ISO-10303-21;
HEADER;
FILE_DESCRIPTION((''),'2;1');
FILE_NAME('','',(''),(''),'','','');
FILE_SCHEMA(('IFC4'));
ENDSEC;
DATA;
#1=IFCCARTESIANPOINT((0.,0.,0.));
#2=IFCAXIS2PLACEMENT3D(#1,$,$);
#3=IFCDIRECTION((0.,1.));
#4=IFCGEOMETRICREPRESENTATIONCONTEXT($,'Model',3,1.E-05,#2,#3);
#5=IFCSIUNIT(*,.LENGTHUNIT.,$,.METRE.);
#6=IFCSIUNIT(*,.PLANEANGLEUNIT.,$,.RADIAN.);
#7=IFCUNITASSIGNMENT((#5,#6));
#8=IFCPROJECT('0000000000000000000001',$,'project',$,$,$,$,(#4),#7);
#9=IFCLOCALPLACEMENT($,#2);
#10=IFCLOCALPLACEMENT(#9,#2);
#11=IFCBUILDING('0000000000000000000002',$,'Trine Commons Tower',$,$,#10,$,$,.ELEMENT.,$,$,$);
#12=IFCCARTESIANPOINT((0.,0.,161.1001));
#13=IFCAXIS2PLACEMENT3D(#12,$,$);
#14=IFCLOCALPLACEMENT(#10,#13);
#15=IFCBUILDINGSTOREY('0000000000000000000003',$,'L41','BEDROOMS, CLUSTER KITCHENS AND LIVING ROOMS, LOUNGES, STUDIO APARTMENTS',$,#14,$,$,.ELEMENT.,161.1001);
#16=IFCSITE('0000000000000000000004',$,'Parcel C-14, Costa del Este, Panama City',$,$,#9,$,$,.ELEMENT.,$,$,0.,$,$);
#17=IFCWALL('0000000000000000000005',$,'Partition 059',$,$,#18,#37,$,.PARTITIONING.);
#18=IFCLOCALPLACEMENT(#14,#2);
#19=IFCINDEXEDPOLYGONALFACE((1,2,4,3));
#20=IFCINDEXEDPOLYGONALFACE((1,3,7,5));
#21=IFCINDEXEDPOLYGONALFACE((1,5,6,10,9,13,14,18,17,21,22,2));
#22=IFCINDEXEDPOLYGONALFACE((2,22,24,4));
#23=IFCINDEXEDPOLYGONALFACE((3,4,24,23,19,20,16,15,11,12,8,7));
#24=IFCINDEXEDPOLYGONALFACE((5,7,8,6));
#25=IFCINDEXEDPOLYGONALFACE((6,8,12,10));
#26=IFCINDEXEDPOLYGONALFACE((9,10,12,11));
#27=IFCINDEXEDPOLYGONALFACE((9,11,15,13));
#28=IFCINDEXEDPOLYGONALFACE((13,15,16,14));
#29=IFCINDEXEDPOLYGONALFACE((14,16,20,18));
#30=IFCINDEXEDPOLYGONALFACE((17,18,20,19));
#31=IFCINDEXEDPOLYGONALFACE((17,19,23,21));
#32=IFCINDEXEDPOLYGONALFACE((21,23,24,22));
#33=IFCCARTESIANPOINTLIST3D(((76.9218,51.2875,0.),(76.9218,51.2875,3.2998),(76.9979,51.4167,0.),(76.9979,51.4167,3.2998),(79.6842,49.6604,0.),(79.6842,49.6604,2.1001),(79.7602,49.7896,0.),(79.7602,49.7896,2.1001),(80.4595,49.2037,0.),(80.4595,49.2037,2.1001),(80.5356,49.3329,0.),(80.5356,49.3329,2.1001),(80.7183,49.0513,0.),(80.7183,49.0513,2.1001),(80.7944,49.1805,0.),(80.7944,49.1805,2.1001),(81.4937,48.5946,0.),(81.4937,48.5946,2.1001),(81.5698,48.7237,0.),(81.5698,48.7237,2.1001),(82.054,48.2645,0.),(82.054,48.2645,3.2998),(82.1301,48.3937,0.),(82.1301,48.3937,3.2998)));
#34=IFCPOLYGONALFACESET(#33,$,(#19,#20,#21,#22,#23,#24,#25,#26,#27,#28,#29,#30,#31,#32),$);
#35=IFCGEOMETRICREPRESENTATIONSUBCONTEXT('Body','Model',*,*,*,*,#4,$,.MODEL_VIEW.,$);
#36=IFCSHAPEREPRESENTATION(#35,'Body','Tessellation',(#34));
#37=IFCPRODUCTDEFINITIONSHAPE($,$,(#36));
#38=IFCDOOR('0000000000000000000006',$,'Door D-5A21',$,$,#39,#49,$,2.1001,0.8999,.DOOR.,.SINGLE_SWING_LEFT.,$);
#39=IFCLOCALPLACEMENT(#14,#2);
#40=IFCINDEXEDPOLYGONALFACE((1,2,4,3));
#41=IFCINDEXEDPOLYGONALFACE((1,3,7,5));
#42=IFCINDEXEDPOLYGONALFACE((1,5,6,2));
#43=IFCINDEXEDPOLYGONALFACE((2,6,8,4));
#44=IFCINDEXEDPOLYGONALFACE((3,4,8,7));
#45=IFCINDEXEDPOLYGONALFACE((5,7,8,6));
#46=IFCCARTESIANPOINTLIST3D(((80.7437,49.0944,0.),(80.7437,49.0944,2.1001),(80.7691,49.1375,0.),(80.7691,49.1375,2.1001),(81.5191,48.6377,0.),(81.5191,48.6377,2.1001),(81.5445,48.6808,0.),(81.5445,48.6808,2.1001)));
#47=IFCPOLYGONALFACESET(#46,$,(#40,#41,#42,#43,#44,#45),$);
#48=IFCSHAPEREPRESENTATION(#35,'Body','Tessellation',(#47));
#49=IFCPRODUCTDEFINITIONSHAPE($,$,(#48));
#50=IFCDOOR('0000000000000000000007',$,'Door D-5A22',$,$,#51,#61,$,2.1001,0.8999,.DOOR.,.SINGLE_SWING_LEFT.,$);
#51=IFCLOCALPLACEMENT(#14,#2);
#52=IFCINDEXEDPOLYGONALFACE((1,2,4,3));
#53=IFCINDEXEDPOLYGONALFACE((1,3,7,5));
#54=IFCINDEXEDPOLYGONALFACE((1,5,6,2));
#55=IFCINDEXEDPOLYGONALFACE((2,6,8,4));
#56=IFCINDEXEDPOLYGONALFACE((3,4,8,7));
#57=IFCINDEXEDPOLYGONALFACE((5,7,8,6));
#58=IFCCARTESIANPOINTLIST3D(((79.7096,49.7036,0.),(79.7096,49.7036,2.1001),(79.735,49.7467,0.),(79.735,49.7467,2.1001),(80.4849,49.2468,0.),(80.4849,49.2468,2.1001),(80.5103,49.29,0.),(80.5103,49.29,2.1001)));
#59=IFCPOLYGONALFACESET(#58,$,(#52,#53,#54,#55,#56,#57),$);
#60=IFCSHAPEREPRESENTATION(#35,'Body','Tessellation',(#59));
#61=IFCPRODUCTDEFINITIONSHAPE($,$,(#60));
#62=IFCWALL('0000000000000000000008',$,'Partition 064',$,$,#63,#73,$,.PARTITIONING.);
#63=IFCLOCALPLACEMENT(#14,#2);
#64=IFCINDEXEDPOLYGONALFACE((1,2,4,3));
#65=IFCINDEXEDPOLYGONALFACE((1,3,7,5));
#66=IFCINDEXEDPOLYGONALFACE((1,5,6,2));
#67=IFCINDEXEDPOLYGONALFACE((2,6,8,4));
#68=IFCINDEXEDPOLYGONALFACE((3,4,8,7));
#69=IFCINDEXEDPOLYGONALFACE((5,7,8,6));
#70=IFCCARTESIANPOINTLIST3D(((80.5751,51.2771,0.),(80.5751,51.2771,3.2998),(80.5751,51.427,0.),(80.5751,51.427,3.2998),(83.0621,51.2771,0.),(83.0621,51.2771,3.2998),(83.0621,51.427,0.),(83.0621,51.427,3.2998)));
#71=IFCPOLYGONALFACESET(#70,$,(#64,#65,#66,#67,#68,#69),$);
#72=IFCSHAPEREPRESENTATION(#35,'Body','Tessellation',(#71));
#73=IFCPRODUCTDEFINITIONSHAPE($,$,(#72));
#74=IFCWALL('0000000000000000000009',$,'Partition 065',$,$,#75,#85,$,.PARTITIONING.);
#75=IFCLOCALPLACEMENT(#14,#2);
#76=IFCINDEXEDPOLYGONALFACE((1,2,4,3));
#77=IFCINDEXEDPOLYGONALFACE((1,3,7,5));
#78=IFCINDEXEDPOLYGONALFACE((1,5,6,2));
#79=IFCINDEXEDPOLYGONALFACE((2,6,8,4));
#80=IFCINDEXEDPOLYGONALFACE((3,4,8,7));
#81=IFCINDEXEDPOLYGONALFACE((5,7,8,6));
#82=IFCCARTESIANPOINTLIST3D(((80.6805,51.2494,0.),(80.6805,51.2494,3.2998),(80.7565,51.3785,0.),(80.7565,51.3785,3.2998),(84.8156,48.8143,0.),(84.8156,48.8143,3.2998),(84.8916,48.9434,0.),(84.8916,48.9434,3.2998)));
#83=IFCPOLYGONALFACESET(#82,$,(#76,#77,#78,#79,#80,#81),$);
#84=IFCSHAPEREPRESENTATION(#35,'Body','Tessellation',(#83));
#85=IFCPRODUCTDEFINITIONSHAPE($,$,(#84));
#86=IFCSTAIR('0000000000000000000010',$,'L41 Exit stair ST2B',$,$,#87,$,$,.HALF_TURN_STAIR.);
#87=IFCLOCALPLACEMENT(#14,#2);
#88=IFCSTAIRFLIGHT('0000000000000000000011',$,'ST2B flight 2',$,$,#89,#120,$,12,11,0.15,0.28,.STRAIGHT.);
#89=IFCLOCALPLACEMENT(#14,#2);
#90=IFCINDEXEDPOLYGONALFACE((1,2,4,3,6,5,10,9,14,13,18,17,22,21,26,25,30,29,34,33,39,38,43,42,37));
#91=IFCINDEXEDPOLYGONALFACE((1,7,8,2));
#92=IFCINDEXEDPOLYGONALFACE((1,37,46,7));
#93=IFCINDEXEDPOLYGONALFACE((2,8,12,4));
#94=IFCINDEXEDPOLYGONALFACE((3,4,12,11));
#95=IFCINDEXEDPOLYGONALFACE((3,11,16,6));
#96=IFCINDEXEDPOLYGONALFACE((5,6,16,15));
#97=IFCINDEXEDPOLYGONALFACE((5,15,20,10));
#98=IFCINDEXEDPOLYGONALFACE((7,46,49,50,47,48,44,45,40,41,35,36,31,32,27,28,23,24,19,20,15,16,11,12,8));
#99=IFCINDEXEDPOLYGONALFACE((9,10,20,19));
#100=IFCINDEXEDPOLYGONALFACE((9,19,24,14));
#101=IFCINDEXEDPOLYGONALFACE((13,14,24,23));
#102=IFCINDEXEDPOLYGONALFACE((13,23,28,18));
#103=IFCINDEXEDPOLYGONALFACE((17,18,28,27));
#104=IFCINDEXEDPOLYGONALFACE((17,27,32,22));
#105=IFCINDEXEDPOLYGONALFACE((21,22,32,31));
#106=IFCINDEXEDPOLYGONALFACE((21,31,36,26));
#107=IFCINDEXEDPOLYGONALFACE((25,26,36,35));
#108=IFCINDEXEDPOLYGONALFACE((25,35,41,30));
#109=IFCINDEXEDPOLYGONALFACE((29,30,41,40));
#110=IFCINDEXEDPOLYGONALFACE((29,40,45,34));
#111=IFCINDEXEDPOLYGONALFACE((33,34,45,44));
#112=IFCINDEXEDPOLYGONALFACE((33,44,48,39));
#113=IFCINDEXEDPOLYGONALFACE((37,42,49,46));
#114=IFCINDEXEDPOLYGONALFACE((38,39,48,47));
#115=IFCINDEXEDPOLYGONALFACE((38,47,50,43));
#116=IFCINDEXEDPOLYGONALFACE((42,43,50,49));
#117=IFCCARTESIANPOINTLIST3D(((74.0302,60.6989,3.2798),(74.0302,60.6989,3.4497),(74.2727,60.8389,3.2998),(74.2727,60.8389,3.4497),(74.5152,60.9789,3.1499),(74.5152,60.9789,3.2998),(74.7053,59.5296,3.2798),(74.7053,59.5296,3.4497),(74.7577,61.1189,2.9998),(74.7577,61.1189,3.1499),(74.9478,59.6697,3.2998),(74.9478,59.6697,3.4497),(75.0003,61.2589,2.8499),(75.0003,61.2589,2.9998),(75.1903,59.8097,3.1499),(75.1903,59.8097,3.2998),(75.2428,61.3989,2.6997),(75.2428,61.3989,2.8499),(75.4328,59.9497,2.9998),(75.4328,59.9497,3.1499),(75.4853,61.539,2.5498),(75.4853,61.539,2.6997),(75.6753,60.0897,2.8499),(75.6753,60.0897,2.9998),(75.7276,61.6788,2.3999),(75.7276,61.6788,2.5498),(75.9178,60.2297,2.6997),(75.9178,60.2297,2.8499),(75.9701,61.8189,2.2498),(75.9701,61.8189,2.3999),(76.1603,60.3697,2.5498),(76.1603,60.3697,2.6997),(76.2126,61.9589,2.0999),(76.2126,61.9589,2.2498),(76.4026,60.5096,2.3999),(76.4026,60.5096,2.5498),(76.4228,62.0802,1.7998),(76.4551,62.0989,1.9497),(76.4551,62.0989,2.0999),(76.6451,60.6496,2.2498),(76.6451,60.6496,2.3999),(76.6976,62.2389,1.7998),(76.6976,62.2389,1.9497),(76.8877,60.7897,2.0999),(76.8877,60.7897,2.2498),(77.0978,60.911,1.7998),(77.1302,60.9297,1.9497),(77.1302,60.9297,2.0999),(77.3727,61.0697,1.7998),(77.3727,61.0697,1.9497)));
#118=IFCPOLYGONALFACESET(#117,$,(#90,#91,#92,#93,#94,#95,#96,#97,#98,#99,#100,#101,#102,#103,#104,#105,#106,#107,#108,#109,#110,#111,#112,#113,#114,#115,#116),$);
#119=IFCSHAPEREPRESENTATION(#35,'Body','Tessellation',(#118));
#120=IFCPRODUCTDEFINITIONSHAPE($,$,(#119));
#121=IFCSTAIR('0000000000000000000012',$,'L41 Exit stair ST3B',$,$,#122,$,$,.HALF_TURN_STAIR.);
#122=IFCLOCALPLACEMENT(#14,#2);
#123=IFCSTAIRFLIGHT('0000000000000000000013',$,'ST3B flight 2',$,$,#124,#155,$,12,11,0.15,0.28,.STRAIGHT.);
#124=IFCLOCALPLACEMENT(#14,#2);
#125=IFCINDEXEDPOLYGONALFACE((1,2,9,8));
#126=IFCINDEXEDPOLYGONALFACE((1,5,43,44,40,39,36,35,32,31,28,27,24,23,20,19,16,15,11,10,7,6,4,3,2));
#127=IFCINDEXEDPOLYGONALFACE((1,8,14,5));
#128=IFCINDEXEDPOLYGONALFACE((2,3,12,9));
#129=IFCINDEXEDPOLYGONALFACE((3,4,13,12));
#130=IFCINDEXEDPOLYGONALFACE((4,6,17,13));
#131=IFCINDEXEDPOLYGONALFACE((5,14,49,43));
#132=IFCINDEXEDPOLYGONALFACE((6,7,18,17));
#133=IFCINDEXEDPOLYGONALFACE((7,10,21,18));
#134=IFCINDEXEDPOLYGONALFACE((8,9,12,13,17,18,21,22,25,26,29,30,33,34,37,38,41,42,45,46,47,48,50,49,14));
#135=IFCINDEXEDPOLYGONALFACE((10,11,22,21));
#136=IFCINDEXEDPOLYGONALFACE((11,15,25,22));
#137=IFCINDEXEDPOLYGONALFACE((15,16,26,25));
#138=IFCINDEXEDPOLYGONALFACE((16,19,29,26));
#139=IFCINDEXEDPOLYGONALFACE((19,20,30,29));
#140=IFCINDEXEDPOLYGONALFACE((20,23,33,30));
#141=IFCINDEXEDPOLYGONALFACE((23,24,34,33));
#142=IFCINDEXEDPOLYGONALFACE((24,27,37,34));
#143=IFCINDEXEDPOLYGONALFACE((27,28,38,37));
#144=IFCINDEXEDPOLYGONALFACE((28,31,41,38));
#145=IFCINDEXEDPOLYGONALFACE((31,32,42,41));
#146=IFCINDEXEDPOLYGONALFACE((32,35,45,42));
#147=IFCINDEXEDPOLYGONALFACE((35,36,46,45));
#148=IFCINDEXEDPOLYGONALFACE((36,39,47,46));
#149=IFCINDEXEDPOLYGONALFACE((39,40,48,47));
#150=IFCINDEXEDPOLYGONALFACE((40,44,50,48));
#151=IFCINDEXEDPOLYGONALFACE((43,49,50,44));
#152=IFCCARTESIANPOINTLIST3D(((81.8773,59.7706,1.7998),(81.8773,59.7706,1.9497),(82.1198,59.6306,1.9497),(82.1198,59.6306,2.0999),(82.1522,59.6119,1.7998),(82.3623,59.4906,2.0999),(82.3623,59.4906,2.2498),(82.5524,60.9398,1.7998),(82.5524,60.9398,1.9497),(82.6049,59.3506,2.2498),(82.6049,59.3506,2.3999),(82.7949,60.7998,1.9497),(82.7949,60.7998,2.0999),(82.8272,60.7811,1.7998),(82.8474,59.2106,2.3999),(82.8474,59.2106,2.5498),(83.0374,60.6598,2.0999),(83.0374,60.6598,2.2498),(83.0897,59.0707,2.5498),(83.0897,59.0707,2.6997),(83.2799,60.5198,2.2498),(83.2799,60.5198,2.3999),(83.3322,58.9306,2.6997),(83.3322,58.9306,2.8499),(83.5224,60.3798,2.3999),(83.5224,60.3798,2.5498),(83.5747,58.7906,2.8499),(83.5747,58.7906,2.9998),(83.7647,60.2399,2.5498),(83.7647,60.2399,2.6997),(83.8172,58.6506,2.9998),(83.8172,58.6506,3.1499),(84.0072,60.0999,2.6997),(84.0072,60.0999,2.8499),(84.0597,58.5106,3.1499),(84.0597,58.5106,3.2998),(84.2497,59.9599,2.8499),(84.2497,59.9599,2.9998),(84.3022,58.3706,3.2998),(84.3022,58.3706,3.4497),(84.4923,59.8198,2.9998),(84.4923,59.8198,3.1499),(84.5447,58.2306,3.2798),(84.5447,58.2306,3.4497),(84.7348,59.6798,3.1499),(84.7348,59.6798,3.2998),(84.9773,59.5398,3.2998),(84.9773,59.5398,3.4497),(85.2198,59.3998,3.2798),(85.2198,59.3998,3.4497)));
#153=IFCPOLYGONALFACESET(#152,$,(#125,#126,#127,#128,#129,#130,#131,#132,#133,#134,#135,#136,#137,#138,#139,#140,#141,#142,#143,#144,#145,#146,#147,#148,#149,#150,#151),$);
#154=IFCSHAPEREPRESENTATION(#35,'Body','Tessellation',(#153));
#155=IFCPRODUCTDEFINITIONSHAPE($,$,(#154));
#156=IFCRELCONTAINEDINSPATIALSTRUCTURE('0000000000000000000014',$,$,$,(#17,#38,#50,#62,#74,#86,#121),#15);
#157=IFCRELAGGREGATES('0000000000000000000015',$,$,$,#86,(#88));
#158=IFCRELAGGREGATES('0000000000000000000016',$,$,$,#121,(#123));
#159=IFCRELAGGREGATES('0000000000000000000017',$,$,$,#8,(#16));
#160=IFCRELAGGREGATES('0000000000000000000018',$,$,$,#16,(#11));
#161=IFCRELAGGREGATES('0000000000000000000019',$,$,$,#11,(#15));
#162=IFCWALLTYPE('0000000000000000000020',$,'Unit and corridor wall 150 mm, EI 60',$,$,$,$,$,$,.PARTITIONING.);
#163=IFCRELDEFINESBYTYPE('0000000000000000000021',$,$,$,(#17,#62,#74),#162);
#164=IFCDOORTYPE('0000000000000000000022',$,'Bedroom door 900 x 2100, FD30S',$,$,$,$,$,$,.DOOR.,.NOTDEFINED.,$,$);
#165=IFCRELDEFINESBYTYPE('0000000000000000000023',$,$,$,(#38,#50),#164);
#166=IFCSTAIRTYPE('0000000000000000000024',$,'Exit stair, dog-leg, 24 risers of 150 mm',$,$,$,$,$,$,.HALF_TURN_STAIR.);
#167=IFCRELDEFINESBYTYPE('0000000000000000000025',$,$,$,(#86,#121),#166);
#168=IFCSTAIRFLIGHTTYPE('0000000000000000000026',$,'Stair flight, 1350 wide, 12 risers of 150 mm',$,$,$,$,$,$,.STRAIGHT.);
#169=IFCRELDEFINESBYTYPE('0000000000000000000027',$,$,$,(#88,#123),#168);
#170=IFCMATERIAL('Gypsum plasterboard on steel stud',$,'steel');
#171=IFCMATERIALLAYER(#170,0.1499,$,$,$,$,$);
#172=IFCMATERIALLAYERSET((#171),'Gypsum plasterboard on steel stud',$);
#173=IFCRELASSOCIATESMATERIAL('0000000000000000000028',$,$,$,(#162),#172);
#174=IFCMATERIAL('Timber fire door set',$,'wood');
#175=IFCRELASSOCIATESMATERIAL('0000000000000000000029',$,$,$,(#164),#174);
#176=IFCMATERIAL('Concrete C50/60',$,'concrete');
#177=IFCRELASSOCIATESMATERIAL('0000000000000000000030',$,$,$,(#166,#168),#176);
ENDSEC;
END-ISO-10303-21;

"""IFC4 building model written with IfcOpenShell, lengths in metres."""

from ifc_helpers import new_model, si_unit, direction, frame, frame_2d, origin, place, context, subcontext, project, spatial, polyline, rectangle, outline, extrude, material, layer, layer_set, type_object, element, fill, aggregate, save


model = new_model("IFC4")

# Units and contexts
model_context = context("Model", 3, precision=1e-05, world=origin(), true_north=direction((0.0, 1.0)))
body_context = subcontext(model_context, "Body", "Model", "MODEL_VIEW")
ifc_project = project(units=[si_unit("LENGTHUNIT", "METRE"), si_unit("PLANEANGLEUNIT", "RADIAN")], contexts=[model_context])

# Site, building, storey
site_placement = place(None, origin())
site = spatial("IfcSite", under=ifc_project, at=site_placement, Name="Parcel C-14, Costa del Este, Panama City", CompositionType="ELEMENT", RefElevation=0.0)
building_placement = place(site_placement, origin())
building = spatial("IfcBuilding", under=site, at=building_placement, Name="Trine Commons Tower", CompositionType="ELEMENT")
storey_placement = place(building_placement, frame((0.0, 0.0, 161.1001)))
storey = spatial("IfcBuildingStorey", under=building, at=storey_placement, Name="L41", Description="BEDROOMS, CLUSTER KITCHENS AND LIVING ROOMS, LOUNGES, STUDIO APARTMENTS", CompositionType="ELEMENT", Elevation=161.1001)

# Wall, openings, doors
ifc_material_1 = material(Name="Gypsum plasterboard on steel stud", Category="steel")
ifc_layer_1 = layer(ifc_material_1, 0.1499)
ifc_layer_set_1 = layer_set([ifc_layer_1], Name="Gypsum plasterboard on steel stud")
wall_type_1 = type_object("IfcWallType", Name="Unit and corridor wall 150 mm, EI 60", PredefinedType="PARTITIONING", material=ifc_layer_set_1)
wall_1_placement = place(storey_placement, frame((76.96, 51.3521, 0.0), z_axis=(0.0, 0.0, 1.0), x_axis=(0.861635, -0.507529, 0.0)))
wall_1 = element("IfcWall", 1, at=wall_1_placement, inside=storey, type_object=wall_type_1, Name="Partition 059", PredefinedType="PARTITIONING", context=body_context, shape_type="SweptSolid", body=[
    extrude(rectangle(XDim=5.9563, YDim=0.1499, at=frame_2d((2.978, 0.0))), origin(), (0.0, 0.0, 1.0), 3.2998),
])
opening_1_placement = place(wall_1_placement, frame((4.406, 0.0, 0.0)))
opening_1 = element("IfcOpeningElement", 2, at=opening_1_placement, cuts=wall_1, PredefinedType="OPENING", context=body_context, shape_type="SweptSolid", body=[
    extrude(rectangle(XDim=0.8999, YDim=2.1001, at=frame_2d((0.45, 1.05))), frame((0.0, 0.085, 0.0), z_axis=(0.0, -1.0, 0.0), x_axis=(1.0, 0.0, 0.0)), (0.0, 0.0, 1.0), 0.1699),
])
opening_2_placement = place(wall_1_placement, frame((3.2058, 0.0, 0.0)))
opening_2 = element("IfcOpeningElement", 3, at=opening_2_placement, cuts=wall_1, PredefinedType="OPENING", context=body_context, shape_type="SweptSolid", body=[
    extrude(rectangle(XDim=0.8999, YDim=2.1001, at=frame_2d((0.45, 1.05))), frame((0.0, 0.085, 0.0), z_axis=(0.0, -1.0, 0.0), x_axis=(1.0, 0.0, 0.0)), (0.0, 0.0, 1.0), 0.1699),
])
ifc_material_2 = material(Name="Timber fire door set", Category="wood")
door_type_1 = type_object("IfcDoorType", Name="Bedroom door 900 x 2100, FD30S", OperationType="NOTDEFINED", PredefinedType="DOOR", material=ifc_material_2)
door_1_placement = place(opening_1_placement, frame((0.8999, 0.0, 0.0), z_axis=(0.0, 0.0, 1.0), x_axis=(-1.0, 0.0, 0.0)))
door_1 = element("IfcDoor", 4, at=door_1_placement, inside=storey, type_object=door_type_1, Name="Door D-5A21", OperationType="SINGLE_SWING_LEFT", OverallHeight=2.1001, OverallWidth=0.8999, PredefinedType="DOOR", context=body_context, shape_type="SweptSolid", body=[
    extrude(rectangle(XDim=0.8999, YDim=2.1001, at=frame_2d((0.45, 1.05))), frame((0.0, 0.0249, 0.0), z_axis=(0.0, -1.0, 0.0), x_axis=(1.0, 0.0, 0.0)), (0.0, 0.0, 1.0), 0.05),
])
fill(opening_1, door_1)
door_2_placement = place(opening_2_placement, frame((0.8999, 0.0, 0.0), z_axis=(0.0, 0.0, 1.0), x_axis=(-1.0, 0.0, 0.0)))
door_2 = element("IfcDoor", 5, at=door_2_placement, inside=storey, type_object=door_type_1, Name="Door D-5A22", OperationType="SINGLE_SWING_LEFT", OverallHeight=2.1001, OverallWidth=0.8999, PredefinedType="DOOR", context=body_context, shape_type="SweptSolid", body=[
    extrude(rectangle(XDim=0.8999, YDim=2.1001, at=frame_2d((0.45, 1.05))), frame((0.0, 0.0249, 0.0), z_axis=(0.0, -1.0, 0.0), x_axis=(1.0, 0.0, 0.0)), (0.0, 0.0, 1.0), 0.05),
])
fill(opening_2, door_2)

# Walls
wall_2_placement = place(storey_placement, frame((80.575, 51.3521, 0.0), z_axis=(0.0, 0.0, 1.0), x_axis=(1.0, 0.0, 0.0)))
element("IfcWall", 6, at=wall_2_placement, inside=storey, type_object=wall_type_1, Name="Partition 064", PredefinedType="PARTITIONING", context=body_context, shape_type="SweptSolid", body=[
    extrude(rectangle(XDim=2.4871, YDim=0.1499, at=frame_2d((1.2437, 0.0))), origin(), (0.0, 0.0, 1.0), 3.2998),
])
wall_3_placement = place(storey_placement, frame((80.7185, 51.314, 0.0), z_axis=(0.0, 0.0, 1.0), x_axis=(0.861688, -0.507438, 0.0)))
element("IfcWall", 7, at=wall_3_placement, inside=storey, type_object=wall_type_1, Name="Partition 065", PredefinedType="PARTITIONING", context=body_context, shape_type="SweptSolid", body=[
    extrude(rectangle(XDim=4.7988, YDim=0.1499, at=frame_2d((2.3994, 0.0))), origin(), (0.0, 0.0, 1.0), 3.2998),
])

# Stairs, stair flights
ifc_material_3 = material(Name="Concrete C50/60", Category="concrete")
stair_type = type_object("IfcStairType", Name="Exit stair, dog-leg, 24 risers of 150 mm", PredefinedType="HALF_TURN_STAIR", material=ifc_material_3)
stair_1_placement = place(storey_placement, origin())
stair_1 = element("IfcStair", 8, at=stair_1_placement, inside=storey, type_object=stair_type, Name="L41 Exit stair ST2B", PredefinedType="HALF_TURN_STAIR")
stair_flight_type = type_object("IfcStairFlightType", Name="Stair flight, 1350 wide, 12 risers of 150 mm", PredefinedType="STRAIGHT", material=ifc_material_3)
stair_flight_1_placement = place(storey_placement, frame((77.0352, 61.6543, 1.7998), z_axis=(0.0, 0.0, 1.0), x_axis=(-0.866025, -0.5, 0.0)))
stair_flight_1 = element("IfcStairFlight", 9, at=stair_flight_1_placement, type_object=stair_flight_type, Name="ST2B flight 2", NumberOfRisers=12, NumberOfTreads=11, PredefinedType="STRAIGHT", RiserHeight=0.15, TreadLength=0.28, context=body_context, shape_type="SweptSolid", body=[
    extrude(outline(polyline([(0.0, 0.0), (0.0, 0.1499), (0.28, 0.1499), (0.28, 0.3), (0.5601, 0.3), (0.5601, 0.45), (0.8401, 0.45), (0.8401, 0.6001), (1.1201, 0.6001), (1.1201, 0.75), (1.3999, 0.75), (1.3999, 0.8999), (1.6799, 0.8999), (1.6799, 1.05), (1.96, 1.05), (1.96, 1.2), (2.24, 1.2), (2.24, 1.3501), (2.52, 1.3501), (2.52, 1.5), (2.8, 1.5), (2.8, 1.6499), (3.0801, 1.6499), (3.0801, 1.8), (3.0801, 1.48), (0.3174, 0.0), (0.0, 0.0)])), frame((0.0, 0.675, 0.0), z_axis=(0.0, -1.0, 0.0), x_axis=(1.0, 0.0, 0.0)), (0.0, 0.0, 1.0), 1.3501),
])
aggregate(stair_1, [stair_flight_1])
stair_2_placement = place(storey_placement, origin())
stair_2 = element("IfcStair", 10, at=stair_2_placement, inside=storey, type_object=stair_type, Name="L41 Exit stair ST3B", PredefinedType="HALF_TURN_STAIR")
stair_flight_2_placement = place(storey_placement, frame((82.2148, 60.3552, 1.7998), z_axis=(0.0, 0.0, 1.0), x_axis=(0.866025, -0.5, 0.0)))
stair_flight_2 = element("IfcStairFlight", 11, at=stair_flight_2_placement, type_object=stair_flight_type, Name="ST3B flight 2", NumberOfRisers=12, NumberOfTreads=11, PredefinedType="STRAIGHT", RiserHeight=0.15, TreadLength=0.28, context=body_context, shape_type="SweptSolid", body=[
    extrude(outline(polyline([(0.0, 0.0), (0.0, 0.1499), (0.28, 0.1499), (0.28, 0.3), (0.5601, 0.3), (0.5601, 0.45), (0.8401, 0.45), (0.8401, 0.6001), (1.1201, 0.6001), (1.1201, 0.75), (1.3999, 0.75), (1.3999, 0.8999), (1.6799, 0.8999), (1.6799, 1.05), (1.96, 1.05), (1.96, 1.2), (2.24, 1.2), (2.24, 1.3501), (2.52, 1.3501), (2.52, 1.5), (2.8, 1.5), (2.8, 1.6499), (3.0801, 1.6499), (3.0801, 1.8), (3.0801, 1.48), (0.3174, 0.0), (0.0, 0.0)])), frame((0.0, 0.675, 0.0), z_axis=(0.0, -1.0, 0.0), x_axis=(1.0, 0.0, 0.0)), (0.0, 0.0, 1.0), 1.3501),
])
aggregate(stair_2, [stair_flight_2])

save(model, "model.ifc")
